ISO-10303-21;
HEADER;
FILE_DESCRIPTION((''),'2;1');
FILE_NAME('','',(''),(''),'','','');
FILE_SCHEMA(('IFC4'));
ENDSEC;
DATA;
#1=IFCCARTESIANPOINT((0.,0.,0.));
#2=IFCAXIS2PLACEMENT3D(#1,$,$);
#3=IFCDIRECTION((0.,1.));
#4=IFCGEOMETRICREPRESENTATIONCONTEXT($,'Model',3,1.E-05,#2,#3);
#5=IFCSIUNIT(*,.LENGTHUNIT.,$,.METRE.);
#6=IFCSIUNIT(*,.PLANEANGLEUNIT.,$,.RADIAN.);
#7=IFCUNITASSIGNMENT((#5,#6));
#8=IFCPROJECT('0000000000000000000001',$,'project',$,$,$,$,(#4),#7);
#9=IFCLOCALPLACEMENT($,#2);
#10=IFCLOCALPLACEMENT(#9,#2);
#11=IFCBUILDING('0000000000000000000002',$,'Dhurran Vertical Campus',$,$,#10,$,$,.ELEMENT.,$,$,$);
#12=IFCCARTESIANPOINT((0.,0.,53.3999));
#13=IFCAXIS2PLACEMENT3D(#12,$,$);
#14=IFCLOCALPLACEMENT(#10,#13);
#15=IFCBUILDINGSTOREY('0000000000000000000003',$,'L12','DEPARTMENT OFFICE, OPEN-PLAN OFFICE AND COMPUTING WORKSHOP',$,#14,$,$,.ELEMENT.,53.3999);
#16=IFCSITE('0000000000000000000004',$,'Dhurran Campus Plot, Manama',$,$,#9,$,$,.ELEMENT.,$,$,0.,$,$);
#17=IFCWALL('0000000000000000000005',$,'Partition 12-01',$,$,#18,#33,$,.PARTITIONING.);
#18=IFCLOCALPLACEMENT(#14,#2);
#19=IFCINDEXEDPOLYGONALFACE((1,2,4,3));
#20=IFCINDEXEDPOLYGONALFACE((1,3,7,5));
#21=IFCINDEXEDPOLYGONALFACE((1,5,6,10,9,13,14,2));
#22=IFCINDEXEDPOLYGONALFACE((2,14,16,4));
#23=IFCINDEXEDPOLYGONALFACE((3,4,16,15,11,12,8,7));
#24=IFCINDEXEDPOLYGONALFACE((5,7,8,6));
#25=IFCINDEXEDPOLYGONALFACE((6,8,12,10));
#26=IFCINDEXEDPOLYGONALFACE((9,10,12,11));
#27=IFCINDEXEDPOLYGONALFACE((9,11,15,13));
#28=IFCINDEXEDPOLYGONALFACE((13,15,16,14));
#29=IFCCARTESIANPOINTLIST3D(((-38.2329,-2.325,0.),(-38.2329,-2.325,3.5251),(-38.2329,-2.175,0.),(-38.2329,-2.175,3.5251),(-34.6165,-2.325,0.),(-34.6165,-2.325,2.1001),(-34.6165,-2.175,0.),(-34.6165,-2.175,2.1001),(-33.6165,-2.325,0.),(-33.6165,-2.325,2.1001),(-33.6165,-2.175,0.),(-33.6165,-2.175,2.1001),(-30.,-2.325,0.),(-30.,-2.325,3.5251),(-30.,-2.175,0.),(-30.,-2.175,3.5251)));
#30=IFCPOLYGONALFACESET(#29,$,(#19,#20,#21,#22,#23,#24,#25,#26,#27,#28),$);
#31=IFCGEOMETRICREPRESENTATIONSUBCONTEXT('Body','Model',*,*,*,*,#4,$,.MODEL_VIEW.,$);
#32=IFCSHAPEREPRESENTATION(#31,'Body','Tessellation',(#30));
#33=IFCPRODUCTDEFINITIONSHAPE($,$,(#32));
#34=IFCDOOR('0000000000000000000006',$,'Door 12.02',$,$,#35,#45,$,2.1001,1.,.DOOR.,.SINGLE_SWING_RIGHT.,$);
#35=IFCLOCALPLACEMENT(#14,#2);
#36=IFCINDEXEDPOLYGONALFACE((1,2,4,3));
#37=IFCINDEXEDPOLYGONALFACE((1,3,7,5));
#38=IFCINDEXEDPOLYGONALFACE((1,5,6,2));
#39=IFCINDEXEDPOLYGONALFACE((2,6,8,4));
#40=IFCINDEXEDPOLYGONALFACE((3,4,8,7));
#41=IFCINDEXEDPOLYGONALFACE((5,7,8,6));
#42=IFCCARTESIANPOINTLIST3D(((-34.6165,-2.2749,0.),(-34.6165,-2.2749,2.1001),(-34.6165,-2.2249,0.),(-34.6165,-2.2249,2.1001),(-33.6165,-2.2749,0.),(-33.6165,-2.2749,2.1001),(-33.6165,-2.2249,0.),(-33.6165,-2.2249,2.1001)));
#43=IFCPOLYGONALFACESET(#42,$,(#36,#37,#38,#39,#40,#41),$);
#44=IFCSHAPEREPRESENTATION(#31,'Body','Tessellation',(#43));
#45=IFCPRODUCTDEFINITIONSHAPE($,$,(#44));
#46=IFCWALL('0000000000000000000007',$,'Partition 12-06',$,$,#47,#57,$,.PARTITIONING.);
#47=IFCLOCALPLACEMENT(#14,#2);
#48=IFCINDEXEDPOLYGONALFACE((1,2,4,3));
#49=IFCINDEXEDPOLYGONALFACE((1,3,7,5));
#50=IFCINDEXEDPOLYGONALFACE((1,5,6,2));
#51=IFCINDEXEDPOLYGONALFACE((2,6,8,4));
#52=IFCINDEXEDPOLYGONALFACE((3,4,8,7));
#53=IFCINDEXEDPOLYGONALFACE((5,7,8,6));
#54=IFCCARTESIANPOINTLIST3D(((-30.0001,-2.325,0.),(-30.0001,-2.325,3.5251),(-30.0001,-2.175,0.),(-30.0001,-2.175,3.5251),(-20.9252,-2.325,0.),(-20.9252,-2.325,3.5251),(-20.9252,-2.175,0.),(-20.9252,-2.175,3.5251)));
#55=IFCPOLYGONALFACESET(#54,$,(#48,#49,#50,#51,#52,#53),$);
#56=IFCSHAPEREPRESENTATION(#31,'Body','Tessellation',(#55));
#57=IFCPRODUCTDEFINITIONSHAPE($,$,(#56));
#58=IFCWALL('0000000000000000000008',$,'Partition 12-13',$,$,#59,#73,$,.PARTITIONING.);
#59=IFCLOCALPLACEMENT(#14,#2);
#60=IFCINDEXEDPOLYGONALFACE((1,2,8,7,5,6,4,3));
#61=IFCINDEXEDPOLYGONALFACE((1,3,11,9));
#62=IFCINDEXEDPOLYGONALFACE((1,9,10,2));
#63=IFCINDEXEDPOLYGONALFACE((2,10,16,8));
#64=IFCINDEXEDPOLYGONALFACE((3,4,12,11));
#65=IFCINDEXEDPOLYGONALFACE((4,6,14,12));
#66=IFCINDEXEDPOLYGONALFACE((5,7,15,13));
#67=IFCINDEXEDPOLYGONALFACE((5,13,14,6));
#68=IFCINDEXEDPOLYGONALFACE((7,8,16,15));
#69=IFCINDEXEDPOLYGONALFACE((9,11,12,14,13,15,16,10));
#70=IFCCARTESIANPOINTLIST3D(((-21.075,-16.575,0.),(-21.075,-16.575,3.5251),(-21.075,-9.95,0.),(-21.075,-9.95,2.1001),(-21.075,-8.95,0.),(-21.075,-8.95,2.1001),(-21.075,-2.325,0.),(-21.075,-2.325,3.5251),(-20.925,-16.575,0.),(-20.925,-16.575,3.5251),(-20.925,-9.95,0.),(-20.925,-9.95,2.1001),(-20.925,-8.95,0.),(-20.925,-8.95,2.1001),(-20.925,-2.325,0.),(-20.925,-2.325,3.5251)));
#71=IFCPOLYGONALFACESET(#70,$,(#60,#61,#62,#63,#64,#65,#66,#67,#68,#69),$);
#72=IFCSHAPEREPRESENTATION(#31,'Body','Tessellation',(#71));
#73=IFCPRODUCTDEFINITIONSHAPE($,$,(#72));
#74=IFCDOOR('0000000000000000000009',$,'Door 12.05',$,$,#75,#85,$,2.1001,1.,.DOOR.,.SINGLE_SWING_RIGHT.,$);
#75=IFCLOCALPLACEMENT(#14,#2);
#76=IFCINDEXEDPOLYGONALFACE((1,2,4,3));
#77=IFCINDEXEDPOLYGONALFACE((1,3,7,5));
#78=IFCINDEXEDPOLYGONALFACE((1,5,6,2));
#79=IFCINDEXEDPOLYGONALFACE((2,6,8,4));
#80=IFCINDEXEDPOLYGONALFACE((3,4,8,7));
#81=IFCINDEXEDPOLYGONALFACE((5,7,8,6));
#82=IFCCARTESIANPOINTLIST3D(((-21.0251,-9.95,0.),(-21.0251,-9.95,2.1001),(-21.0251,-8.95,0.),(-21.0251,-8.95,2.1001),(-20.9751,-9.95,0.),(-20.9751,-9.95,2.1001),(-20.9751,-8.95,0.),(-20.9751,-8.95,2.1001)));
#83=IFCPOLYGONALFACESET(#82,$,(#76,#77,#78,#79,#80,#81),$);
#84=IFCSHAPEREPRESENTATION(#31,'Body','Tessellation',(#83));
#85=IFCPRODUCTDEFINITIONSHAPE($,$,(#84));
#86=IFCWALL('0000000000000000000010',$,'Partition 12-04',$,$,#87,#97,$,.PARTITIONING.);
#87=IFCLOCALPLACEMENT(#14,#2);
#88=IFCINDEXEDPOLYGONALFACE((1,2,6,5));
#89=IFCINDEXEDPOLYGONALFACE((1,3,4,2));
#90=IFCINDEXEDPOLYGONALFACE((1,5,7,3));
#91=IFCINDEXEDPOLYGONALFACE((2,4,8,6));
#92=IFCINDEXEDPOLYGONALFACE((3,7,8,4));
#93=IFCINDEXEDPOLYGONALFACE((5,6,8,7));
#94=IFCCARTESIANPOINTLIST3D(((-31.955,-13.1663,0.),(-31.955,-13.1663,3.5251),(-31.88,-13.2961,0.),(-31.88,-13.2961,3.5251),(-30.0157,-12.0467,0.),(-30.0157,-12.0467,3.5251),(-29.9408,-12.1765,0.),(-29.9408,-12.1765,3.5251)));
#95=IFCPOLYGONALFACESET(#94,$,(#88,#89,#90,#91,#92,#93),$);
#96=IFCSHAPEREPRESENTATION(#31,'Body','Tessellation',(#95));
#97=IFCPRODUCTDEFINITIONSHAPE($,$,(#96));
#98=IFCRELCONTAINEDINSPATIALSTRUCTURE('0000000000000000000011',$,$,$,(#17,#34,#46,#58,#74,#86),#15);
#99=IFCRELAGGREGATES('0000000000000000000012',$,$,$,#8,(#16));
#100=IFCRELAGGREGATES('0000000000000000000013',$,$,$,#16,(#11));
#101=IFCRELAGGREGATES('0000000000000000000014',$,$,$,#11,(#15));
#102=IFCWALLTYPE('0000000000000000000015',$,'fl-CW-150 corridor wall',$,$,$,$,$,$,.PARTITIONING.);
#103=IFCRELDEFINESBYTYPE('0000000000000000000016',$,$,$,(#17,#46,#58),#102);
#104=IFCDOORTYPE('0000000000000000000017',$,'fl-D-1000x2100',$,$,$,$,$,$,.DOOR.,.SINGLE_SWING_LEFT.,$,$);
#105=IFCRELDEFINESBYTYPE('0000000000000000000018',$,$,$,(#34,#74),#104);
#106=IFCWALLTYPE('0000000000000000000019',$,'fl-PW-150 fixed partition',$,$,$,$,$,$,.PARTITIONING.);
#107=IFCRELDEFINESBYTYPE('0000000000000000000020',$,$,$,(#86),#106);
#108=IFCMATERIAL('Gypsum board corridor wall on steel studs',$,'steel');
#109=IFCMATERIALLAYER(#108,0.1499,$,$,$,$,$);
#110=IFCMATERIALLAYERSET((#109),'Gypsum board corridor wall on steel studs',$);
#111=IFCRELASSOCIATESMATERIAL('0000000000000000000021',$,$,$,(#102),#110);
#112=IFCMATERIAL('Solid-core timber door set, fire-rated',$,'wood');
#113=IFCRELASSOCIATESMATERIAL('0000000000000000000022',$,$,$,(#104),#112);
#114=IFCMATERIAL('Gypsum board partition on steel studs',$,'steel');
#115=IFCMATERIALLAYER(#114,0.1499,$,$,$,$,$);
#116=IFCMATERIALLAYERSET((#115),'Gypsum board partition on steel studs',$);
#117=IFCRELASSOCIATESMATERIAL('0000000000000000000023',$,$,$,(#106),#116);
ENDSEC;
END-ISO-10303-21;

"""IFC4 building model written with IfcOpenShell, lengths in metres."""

from ifc_helpers import new_model, si_unit, direction, frame, frame_2d, origin, place, context, subcontext, project, spatial, rectangle, extrude, material, layer, layer_set, type_object, element, fill, save


model = new_model("IFC4")

# Units and contexts
model_context = context("Model", 3, precision=1e-05, world=origin(), true_north=direction((0.0, 1.0)))
body_context = subcontext(model_context, "Body", "Model", "MODEL_VIEW")
ifc_project = project(units=[si_unit("LENGTHUNIT", "METRE"), si_unit("PLANEANGLEUNIT", "RADIAN")], contexts=[model_context])

# Site, building, storey
site_placement = place(None, origin())
site = spatial("IfcSite", under=ifc_project, at=site_placement, Name="Dhurran Campus Plot, Manama", CompositionType="ELEMENT", RefElevation=0.0)
building_placement = place(site_placement, origin())
building = spatial("IfcBuilding", under=site, at=building_placement, Name="Dhurran Vertical Campus", CompositionType="ELEMENT")
storey_placement = place(building_placement, frame((0.0, 0.0, 53.3999)))
storey = spatial("IfcBuildingStorey", under=building, at=storey_placement, Name="L12", Description="DEPARTMENT OFFICE, OPEN-PLAN OFFICE AND COMPUTING WORKSHOP", CompositionType="ELEMENT", Elevation=53.3999)

# Wall, opening, door
ifc_material_1 = material(Name="Gypsum board corridor wall on steel studs", Category="steel")
ifc_layer_1 = layer(ifc_material_1, 0.1499)
ifc_layer_set_1 = layer_set([ifc_layer_1], Name="Gypsum board corridor wall on steel studs")
wall_type_1 = type_object("IfcWallType", Name="fl-CW-150 corridor wall", PredefinedType="PARTITIONING", material=ifc_layer_set_1)
wall_1_placement = place(storey_placement, frame((-30.0, -2.25, 0.0), z_axis=(0.0, 0.0, 1.0), x_axis=(-1.0, 0.0, 0.0)))
wall_1 = element("IfcWall", 1, at=wall_1_placement, inside=storey, type_object=wall_type_1, Name="Partition 12-01", PredefinedType="PARTITIONING", context=body_context, shape_type="SweptSolid", body=[
    extrude(rectangle(XDim=8.2329, YDim=0.1499, at=frame_2d((4.1165, 0.0))), origin(), (0.0, 0.0, 1.0), 3.5251),
])
opening_1_placement = place(wall_1_placement, frame((3.6165, 0.0, 0.0)))
opening_1 = element("IfcOpeningElement", 2, at=opening_1_placement, cuts=wall_1, PredefinedType="OPENING", context=body_context, shape_type="SweptSolid", body=[
    extrude(rectangle(XDim=1.0, YDim=2.1001, at=frame_2d((0.5, 1.05))), frame((0.0, 0.085, 0.0), z_axis=(0.0, -1.0, 0.0), x_axis=(1.0, 0.0, 0.0)), (0.0, 0.0, 1.0), 0.1699),
])
ifc_material_2 = material(Name="Solid-core timber door set, fire-rated", Category="wood")
door_type_1 = type_object("IfcDoorType", Name="fl-D-1000x2100", OperationType="SINGLE_SWING_LEFT", PredefinedType="DOOR", material=ifc_material_2)
door_1_placement = place(opening_1_placement, origin())
door_1 = element("IfcDoor", 3, at=door_1_placement, inside=storey, type_object=door_type_1, Name="Door 12.02", OperationType="SINGLE_SWING_RIGHT", OverallHeight=2.1001, OverallWidth=1.0, PredefinedType="DOOR", context=body_context, shape_type="SweptSolid", body=[
    extrude(rectangle(XDim=1.0, YDim=2.1001, at=frame_2d((0.5, 1.05))), frame((0.0, 0.0249, 0.0), z_axis=(0.0, -1.0, 0.0), x_axis=(1.0, 0.0, 0.0)), (0.0, 0.0, 1.0), 0.05),
])
fill(opening_1, door_1)

# Wall
wall_2_placement = place(storey_placement, frame((-20.925, -2.25, 0.0), z_axis=(0.0, 0.0, 1.0), x_axis=(-1.0, 0.0, 0.0)))
element("IfcWall", 4, at=wall_2_placement, inside=storey, type_object=wall_type_1, Name="Partition 12-06", PredefinedType="PARTITIONING", context=body_context, shape_type="SweptSolid", body=[
    extrude(rectangle(XDim=9.075, YDim=0.1499, at=frame_2d((4.5376, 0.0))), origin(), (0.0, 0.0, 1.0), 3.5251),
])

# Wall, opening, door
wall_3_placement = place(storey_placement, frame((-21.0, -2.325, 0.0), z_axis=(0.0, 0.0, 1.0), x_axis=(0.0, -1.0, 0.0)))
wall_3 = element("IfcWall", 5, at=wall_3_placement, inside=storey, type_object=wall_type_1, Name="Partition 12-13", PredefinedType="PARTITIONING", context=body_context, shape_type="SweptSolid", body=[
    extrude(rectangle(XDim=14.25, YDim=0.1499, at=frame_2d((7.125, 0.0))), origin(), (0.0, 0.0, 1.0), 3.5251),
])
opening_2_placement = place(wall_3_placement, frame((6.625, 0.0, 0.0)))
opening_2 = element("IfcOpeningElement", 6, at=opening_2_placement, cuts=wall_3, PredefinedType="OPENING", context=body_context, shape_type="SweptSolid", body=[
    extrude(rectangle(XDim=1.0, YDim=2.1001, at=frame_2d((0.5, 1.05))), frame((0.0, 0.085, 0.0), z_axis=(0.0, -1.0, 0.0), x_axis=(1.0, 0.0, 0.0)), (0.0, 0.0, 1.0), 0.1699),
])
door_2_placement = place(opening_2_placement, origin())
door_2 = element("IfcDoor", 7, at=door_2_placement, inside=storey, type_object=door_type_1, Name="Door 12.05", OperationType="SINGLE_SWING_RIGHT", OverallHeight=2.1001, OverallWidth=1.0, PredefinedType="DOOR", context=body_context, shape_type="SweptSolid", body=[
    extrude(rectangle(XDim=1.0, YDim=2.1001, at=frame_2d((0.5, 1.05))), frame((0.0, 0.0249, 0.0), z_axis=(0.0, -1.0, 0.0), x_axis=(1.0, 0.0, 0.0)), (0.0, 0.0, 1.0), 0.05),
])
fill(opening_2, door_2)

# Wall
ifc_material_3 = material(Name="Gypsum board partition on steel studs", Category="steel")
ifc_layer_2 = layer(ifc_material_3, 0.1499)
ifc_layer_set_2 = layer_set([ifc_layer_2], Name="Gypsum board partition on steel studs")
wall_type_2 = type_object("IfcWallType", Name="fl-PW-150 fixed partition", PredefinedType="PARTITIONING", material=ifc_layer_set_2)
wall_4_placement = place(storey_placement, frame((-29.9783, -12.1116, 0.0), z_axis=(0.0, 0.0, 1.0), x_axis=(-0.86602, -0.500009, 0.0)))
element("IfcWall", 8, at=wall_4_placement, inside=storey, type_object=wall_type_2, Name="Partition 12-04", PredefinedType="PARTITIONING", context=body_context, shape_type="SweptSolid", body=[
    extrude(rectangle(XDim=2.2393, YDim=0.1499, at=frame_2d((1.1196, 0.0))), origin(), (0.0, 0.0, 1.0), 3.5251),
])

save(model, "model.ifc")
